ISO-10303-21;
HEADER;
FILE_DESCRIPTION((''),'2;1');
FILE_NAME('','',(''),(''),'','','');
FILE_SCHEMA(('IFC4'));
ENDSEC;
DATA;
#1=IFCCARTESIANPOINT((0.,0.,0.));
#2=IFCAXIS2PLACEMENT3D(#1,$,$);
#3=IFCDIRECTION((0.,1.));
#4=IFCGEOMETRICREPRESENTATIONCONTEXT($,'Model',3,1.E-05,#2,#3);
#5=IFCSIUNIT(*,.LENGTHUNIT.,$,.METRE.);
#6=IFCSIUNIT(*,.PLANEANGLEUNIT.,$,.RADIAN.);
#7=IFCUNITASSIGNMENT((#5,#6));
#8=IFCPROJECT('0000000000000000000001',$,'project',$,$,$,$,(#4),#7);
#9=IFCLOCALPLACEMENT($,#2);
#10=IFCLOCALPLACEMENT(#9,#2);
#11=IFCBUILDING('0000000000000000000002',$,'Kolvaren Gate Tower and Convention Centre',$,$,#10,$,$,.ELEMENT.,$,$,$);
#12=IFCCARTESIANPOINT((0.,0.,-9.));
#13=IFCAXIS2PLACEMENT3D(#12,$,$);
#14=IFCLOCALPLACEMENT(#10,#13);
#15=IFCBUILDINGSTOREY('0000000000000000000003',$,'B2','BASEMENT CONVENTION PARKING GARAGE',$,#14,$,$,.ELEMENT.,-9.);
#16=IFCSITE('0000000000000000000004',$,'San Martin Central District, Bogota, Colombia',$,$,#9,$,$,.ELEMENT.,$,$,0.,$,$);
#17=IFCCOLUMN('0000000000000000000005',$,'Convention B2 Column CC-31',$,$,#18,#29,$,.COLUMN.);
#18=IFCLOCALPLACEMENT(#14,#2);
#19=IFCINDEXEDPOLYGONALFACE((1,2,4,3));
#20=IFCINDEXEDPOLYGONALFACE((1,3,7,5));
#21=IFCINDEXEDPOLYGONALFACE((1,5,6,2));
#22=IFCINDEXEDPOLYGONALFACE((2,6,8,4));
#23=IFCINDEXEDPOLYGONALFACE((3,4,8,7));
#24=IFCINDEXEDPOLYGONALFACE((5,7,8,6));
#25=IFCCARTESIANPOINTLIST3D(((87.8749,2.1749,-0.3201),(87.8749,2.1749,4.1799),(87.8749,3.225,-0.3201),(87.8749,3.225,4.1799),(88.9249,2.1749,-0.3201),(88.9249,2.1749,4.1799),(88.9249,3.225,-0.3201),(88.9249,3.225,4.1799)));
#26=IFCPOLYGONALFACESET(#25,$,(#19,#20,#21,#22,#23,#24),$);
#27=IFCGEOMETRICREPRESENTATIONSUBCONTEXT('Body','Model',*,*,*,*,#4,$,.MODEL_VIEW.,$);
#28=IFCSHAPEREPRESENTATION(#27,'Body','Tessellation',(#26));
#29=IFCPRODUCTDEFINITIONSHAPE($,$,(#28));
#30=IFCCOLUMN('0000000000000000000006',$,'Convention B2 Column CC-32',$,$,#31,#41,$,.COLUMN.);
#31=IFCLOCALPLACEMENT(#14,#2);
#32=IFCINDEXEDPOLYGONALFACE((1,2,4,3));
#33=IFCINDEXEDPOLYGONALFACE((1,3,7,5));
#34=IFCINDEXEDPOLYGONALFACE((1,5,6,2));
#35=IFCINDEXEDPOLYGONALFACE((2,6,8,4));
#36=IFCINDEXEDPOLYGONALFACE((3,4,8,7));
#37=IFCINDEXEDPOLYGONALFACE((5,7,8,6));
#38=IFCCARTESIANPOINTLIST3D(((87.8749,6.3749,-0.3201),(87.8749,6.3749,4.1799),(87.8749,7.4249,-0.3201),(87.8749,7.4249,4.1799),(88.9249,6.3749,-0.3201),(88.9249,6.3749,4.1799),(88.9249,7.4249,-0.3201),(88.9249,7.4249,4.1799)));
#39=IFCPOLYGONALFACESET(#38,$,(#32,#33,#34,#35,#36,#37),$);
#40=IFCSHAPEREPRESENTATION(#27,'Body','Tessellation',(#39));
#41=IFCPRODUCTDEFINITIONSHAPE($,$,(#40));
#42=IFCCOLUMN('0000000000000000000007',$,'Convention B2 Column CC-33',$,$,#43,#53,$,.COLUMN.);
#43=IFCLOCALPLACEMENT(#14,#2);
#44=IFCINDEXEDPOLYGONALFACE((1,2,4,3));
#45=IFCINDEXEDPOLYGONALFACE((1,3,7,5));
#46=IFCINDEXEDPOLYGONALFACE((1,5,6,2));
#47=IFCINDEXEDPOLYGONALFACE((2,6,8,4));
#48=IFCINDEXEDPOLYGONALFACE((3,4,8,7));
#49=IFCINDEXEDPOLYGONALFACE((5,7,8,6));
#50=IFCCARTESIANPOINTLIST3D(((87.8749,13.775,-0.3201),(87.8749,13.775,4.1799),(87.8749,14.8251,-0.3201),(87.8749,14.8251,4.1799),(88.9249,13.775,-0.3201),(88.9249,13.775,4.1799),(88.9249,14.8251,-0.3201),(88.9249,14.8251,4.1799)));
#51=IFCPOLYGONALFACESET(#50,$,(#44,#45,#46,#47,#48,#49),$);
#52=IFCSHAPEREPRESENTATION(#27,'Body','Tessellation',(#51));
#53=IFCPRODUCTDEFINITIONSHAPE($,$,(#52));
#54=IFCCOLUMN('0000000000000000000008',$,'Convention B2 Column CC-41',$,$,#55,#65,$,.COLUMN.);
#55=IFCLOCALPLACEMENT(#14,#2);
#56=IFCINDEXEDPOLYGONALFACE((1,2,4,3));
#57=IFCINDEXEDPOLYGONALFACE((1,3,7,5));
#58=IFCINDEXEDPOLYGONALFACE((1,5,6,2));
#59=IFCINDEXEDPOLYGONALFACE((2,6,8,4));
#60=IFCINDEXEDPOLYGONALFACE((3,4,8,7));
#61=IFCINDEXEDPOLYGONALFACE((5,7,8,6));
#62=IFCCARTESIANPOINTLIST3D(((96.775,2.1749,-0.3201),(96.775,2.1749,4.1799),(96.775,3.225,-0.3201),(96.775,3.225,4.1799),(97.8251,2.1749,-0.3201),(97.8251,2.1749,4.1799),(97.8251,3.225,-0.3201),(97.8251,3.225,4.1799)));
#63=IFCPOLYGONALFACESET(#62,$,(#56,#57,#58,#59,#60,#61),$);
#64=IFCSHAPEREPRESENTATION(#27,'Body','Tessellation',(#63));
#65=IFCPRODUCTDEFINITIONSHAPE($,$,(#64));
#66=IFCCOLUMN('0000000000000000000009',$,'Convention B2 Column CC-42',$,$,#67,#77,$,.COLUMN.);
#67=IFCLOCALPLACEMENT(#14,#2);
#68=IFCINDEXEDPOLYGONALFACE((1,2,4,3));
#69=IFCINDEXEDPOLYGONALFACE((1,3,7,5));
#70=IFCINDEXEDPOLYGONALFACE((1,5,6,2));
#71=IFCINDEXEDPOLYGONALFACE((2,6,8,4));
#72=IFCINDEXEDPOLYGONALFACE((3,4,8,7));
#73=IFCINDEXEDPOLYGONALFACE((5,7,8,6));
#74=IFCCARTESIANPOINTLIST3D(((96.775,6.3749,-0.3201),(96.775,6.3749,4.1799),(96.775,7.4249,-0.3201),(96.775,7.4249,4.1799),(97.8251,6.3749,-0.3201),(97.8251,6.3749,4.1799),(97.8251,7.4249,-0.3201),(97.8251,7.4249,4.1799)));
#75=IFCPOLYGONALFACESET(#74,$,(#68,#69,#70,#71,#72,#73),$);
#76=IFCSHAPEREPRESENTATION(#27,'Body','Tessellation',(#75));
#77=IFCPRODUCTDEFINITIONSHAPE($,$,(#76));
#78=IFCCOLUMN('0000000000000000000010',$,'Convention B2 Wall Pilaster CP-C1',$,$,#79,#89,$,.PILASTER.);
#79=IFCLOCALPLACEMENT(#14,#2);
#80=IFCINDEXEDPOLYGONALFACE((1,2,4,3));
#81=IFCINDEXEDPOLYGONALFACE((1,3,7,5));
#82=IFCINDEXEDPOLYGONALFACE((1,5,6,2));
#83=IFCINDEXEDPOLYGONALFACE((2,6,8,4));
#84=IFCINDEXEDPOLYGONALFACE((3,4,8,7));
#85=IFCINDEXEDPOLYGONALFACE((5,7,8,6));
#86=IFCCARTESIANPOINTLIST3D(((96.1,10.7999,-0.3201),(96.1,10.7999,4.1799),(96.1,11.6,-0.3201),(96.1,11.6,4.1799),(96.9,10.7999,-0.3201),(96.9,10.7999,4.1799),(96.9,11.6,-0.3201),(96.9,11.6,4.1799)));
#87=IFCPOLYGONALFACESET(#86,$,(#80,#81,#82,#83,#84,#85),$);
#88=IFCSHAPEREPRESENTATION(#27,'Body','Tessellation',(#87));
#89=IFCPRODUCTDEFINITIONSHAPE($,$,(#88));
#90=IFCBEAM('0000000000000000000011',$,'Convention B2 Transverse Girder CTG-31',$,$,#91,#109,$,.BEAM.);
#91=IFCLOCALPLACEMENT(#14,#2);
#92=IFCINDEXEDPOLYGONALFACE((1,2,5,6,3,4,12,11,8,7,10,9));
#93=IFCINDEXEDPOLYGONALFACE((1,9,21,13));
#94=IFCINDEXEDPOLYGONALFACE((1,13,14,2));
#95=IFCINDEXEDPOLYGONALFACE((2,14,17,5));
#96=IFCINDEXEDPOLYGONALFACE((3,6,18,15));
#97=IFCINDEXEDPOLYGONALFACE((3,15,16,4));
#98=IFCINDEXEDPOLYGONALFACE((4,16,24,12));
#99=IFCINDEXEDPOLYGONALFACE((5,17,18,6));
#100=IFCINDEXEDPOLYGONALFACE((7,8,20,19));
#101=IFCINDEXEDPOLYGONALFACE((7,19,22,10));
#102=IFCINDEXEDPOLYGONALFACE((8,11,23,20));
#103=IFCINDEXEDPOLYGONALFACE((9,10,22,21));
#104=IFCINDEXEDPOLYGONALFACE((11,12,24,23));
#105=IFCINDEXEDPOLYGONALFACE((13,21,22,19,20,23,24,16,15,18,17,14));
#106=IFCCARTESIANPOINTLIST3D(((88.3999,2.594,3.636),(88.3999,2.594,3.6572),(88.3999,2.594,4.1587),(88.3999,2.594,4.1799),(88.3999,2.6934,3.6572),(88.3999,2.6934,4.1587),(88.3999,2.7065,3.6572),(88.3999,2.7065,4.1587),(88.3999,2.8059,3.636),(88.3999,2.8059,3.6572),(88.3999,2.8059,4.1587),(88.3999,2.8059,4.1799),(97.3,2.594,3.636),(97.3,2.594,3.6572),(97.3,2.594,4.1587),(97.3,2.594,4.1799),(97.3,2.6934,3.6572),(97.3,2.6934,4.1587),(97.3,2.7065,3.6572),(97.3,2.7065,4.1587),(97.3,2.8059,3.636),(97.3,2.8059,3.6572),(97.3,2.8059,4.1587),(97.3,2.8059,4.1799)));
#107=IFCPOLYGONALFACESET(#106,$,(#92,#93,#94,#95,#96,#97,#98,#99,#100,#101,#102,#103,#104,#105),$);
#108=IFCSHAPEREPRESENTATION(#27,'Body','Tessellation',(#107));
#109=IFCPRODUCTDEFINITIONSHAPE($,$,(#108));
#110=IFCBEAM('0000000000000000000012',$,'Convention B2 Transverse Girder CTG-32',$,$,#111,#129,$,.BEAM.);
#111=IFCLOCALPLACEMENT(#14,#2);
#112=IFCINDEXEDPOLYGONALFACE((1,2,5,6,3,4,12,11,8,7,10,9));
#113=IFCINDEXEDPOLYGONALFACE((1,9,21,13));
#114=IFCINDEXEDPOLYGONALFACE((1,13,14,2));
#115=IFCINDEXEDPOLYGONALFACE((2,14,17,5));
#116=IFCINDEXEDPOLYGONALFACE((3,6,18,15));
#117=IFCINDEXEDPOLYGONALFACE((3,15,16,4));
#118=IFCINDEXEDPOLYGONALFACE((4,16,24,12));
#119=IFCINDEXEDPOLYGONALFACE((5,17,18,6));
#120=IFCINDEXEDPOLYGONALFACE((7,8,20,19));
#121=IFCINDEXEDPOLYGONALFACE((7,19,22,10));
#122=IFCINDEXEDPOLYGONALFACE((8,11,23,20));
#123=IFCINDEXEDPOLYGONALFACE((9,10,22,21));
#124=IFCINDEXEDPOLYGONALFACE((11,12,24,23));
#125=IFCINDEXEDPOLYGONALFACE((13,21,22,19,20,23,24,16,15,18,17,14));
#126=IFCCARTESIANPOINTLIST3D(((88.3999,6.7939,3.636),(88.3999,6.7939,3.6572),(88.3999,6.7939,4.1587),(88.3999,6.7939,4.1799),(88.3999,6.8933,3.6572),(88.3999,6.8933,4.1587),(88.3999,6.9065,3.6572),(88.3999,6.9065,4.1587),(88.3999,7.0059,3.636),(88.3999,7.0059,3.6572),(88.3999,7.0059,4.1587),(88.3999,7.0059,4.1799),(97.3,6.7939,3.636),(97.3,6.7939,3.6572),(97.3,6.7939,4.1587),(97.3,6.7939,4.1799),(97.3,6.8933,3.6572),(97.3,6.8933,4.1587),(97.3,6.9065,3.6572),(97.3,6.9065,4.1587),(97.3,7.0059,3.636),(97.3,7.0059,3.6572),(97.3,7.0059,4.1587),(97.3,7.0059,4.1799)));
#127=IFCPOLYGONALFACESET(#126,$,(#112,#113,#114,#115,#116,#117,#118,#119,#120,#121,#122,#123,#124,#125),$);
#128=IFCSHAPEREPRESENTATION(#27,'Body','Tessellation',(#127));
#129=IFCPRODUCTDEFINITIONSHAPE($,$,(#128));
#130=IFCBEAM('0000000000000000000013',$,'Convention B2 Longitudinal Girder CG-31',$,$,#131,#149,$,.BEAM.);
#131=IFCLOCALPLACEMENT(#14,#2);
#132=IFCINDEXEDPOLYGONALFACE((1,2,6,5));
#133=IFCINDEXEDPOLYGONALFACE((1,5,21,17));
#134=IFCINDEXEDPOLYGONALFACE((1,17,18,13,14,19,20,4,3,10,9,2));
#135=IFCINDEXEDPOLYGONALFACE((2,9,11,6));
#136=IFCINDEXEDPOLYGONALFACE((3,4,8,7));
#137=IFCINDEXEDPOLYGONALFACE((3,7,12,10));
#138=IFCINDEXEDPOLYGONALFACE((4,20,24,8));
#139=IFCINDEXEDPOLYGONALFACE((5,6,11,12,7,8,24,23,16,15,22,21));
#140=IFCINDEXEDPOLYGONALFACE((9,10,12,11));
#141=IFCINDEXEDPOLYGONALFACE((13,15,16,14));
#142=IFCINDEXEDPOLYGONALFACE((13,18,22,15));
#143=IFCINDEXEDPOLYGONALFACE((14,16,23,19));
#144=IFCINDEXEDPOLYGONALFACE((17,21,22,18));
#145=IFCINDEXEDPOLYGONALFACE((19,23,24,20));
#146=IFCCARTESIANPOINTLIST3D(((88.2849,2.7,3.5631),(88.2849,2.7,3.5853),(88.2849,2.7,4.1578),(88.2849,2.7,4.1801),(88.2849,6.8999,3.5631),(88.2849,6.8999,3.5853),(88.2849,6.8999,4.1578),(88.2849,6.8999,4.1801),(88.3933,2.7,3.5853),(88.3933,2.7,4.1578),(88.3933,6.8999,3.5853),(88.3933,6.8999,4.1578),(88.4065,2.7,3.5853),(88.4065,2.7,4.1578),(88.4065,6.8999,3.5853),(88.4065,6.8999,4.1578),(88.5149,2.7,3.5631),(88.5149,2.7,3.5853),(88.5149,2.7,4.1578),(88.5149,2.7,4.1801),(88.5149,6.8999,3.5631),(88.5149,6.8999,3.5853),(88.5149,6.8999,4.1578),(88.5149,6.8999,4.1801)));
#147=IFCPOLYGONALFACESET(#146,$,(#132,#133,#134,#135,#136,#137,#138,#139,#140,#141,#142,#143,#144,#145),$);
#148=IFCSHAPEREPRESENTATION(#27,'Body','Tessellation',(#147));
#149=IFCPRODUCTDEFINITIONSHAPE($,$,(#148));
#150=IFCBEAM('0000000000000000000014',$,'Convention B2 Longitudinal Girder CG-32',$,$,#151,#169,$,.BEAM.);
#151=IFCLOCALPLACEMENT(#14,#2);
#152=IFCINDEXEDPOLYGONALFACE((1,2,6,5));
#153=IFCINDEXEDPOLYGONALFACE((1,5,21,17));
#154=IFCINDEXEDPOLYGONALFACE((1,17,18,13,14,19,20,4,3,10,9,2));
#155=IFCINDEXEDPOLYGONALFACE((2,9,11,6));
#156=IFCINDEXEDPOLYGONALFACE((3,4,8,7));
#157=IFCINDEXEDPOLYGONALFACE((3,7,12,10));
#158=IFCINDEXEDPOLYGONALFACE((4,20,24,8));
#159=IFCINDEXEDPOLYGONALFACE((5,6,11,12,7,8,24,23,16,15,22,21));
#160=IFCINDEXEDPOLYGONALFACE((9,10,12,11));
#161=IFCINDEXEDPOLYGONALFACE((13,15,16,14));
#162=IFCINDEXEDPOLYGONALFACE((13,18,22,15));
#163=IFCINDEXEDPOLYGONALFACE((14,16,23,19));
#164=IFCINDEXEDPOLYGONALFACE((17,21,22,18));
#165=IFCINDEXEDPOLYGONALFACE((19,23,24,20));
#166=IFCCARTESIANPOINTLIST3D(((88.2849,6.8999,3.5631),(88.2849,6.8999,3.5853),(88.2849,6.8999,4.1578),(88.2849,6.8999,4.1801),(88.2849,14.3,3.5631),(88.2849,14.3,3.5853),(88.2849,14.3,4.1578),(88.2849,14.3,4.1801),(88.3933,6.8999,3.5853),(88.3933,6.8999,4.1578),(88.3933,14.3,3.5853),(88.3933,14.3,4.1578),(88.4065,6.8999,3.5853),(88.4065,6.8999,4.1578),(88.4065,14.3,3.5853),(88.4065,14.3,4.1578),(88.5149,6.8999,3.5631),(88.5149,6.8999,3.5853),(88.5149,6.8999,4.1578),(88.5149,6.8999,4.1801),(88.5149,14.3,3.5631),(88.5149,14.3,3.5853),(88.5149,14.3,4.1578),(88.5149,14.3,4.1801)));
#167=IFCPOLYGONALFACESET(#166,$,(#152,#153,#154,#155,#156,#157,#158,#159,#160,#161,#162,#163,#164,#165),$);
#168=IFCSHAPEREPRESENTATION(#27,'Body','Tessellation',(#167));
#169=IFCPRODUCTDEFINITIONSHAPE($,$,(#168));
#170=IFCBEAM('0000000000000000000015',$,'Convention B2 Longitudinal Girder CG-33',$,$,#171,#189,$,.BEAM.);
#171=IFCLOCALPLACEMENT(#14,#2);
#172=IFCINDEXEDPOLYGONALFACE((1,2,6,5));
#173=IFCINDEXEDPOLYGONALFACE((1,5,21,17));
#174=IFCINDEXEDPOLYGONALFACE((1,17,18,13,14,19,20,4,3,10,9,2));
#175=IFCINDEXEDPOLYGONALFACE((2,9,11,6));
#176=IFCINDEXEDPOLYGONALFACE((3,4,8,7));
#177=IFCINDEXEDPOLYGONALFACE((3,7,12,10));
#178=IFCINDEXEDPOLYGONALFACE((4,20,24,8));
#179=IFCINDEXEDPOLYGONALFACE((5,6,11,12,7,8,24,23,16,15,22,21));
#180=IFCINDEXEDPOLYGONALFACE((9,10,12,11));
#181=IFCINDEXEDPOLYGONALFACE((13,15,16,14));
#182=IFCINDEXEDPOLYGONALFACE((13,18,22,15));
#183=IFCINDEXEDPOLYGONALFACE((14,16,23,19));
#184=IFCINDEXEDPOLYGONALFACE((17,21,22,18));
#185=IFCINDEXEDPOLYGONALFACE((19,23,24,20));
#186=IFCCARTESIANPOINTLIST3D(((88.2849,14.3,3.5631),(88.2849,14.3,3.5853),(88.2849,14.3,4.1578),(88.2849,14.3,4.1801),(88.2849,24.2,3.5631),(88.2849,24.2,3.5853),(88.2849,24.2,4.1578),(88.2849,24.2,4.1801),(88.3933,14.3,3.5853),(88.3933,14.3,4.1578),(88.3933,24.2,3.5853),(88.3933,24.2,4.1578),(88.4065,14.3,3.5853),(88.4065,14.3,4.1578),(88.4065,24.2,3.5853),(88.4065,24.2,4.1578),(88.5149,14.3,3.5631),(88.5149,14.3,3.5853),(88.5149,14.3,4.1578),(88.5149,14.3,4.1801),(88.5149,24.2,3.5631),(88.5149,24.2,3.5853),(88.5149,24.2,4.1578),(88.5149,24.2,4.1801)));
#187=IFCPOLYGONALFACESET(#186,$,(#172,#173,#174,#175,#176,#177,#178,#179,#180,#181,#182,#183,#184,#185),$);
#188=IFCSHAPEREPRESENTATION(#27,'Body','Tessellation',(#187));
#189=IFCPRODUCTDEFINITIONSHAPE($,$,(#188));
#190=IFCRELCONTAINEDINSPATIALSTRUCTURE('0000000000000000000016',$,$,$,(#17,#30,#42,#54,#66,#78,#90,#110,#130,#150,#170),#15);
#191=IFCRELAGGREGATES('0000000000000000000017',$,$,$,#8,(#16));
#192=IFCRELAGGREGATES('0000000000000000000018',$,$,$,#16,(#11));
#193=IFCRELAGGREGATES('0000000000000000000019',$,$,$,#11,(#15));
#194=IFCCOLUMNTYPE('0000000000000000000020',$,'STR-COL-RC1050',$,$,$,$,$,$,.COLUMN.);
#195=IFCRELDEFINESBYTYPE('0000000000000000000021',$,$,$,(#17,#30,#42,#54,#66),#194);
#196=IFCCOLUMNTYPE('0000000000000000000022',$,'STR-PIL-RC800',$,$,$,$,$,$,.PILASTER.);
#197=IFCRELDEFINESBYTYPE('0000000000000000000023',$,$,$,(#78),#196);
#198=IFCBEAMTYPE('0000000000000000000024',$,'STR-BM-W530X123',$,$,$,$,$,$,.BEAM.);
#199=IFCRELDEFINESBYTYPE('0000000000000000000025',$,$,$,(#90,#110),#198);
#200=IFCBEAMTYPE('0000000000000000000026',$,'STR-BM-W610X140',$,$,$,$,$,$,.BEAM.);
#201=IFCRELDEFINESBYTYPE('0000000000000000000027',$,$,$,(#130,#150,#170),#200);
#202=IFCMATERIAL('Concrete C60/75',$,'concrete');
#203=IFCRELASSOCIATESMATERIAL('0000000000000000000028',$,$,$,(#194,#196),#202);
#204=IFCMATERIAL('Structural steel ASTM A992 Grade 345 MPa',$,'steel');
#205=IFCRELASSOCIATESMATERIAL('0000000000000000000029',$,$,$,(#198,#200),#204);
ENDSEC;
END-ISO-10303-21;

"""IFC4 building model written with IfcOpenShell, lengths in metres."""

from ifc_helpers import new_model, si_unit, direction, frame, origin, origin_2d, place, context, subcontext, project, spatial, rectangle, i_section, extrude, material, material_profile, profile_set, type_object, element, save


model = new_model("IFC4")

# Units and contexts
model_context = context("Model", 3, precision=1e-05, world=origin(), true_north=direction((0.0, 1.0)))
body_context = subcontext(model_context, "Body", "Model", "MODEL_VIEW")
ifc_project = project(units=[si_unit("LENGTHUNIT", "METRE"), si_unit("PLANEANGLEUNIT", "RADIAN")], contexts=[model_context])

# Site, building, storey
site_placement = place(None, origin())
site = spatial("IfcSite", under=ifc_project, at=site_placement, Name="San Martin Central District, Bogota, Colombia", CompositionType="ELEMENT", RefElevation=0.0)
building_placement = place(site_placement, origin())
building = spatial("IfcBuilding", under=site, at=building_placement, Name="Kolvaren Gate Tower and Convention Centre", CompositionType="ELEMENT")
storey_placement = place(building_placement, frame((0.0, 0.0, -9.0)))
storey = spatial("IfcBuildingStorey", under=building, at=storey_placement, Name="B2", Description="BASEMENT CONVENTION PARKING GARAGE", CompositionType="ELEMENT", Elevation=-9.0)

# Columns
ifc_material_1 = material(Name="Concrete C60/75", Category="concrete")
ifc_material_profile_1 = material_profile(ifc_material_1, rectangle(XDim=1.05, YDim=1.05, at=origin_2d()), Name="RC-COL-1050X1050")
ifc_profile_set_1 = profile_set([ifc_material_profile_1], Name="Concrete C60/75")
column_type_1 = type_object("IfcColumnType", Name="STR-COL-RC1050", PredefinedType="COLUMN", material=ifc_profile_set_1)
for number, where, z_axis, x_axis, name in (
    (1, (88.3999, 2.7, -0.3201), (0.0, 0.0, 1.0), (1.0, 0.0, 0.0), "Convention B2 Column CC-31"),
    (2, (88.3999, 6.8999, -0.3201), (0.0, 0.0, 1.0), (1.0, 0.0, 0.0), "Convention B2 Column CC-32"),
    (3, (88.3999, 14.3, -0.3201), (0.0, 0.0, 1.0), (1.0, 0.0, 0.0), "Convention B2 Column CC-33"),
    (4, (97.3, 2.7, -0.3201), (0.0, 0.0, 1.0), (1.0, 0.0, 0.0), "Convention B2 Column CC-41"),
    (5, (97.3, 6.8999, -0.3201), (0.0, 0.0, 1.0), (1.0, 0.0, 0.0), "Convention B2 Column CC-42"),
):
    element("IfcColumn", number, at=place(storey_placement, frame(where, z_axis=z_axis, x_axis=x_axis)), inside=storey, type_object=column_type_1, Name=name, PredefinedType="COLUMN", context=body_context, shape_type="SweptSolid", body=[
        extrude(rectangle(XDim=1.05, YDim=1.05, at=origin_2d()), origin(), (0.0, 0.0, 1.0), 4.5),
    ])
ifc_material_profile_2 = material_profile(ifc_material_1, rectangle(XDim=0.8, YDim=0.8, at=origin_2d()), Name="RC-COL-800X800")
ifc_profile_set_2 = profile_set([ifc_material_profile_2], Name="Concrete C60/75")
column_type_2 = type_object("IfcColumnType", Name="STR-PIL-RC800", PredefinedType="PILASTER", material=ifc_profile_set_2)
column_placement = place(storey_placement, frame((96.5, 11.2, -0.3201), z_axis=(0.0, 0.0, 1.0), x_axis=(1.0, 0.0, 0.0)))
element("IfcColumn", 6, at=column_placement, inside=storey, type_object=column_type_2, Name="Convention B2 Wall Pilaster CP-C1", PredefinedType="PILASTER", context=body_context, shape_type="SweptSolid", body=[
    extrude(rectangle(XDim=0.8, YDim=0.8, at=origin_2d()), origin(), (0.0, 0.0, 1.0), 4.5),
])

# Beams
ifc_material_2 = material(Name="Structural steel ASTM A992 Grade 345 MPa", Category="steel")
ifc_material_profile_3 = material_profile(ifc_material_2, i_section(OverallWidth=0.2119, OverallDepth=0.5439, WebThickness=0.0132, FlangeThickness=0.0212, at=origin_2d()), Name="W530X123")
ifc_profile_set_3 = profile_set([ifc_material_profile_3], Name="Structural steel ASTM A992 Grade 345 MPa")
beam_type_1 = type_object("IfcBeamType", Name="STR-BM-W530X123", PredefinedType="BEAM", material=ifc_profile_set_3)
for number, where, z_axis, x_axis, name in (
    (7, (88.3999, 2.7, 3.908), (1.0, 0.0, 0.0), (0.0, 1.0, 0.0), "Convention B2 Transverse Girder CTG-31"),
    (8, (88.3999, 6.8999, 3.908), (1.0, 0.0, 0.0), (0.0, 1.0, 0.0), "Convention B2 Transverse Girder CTG-32"),
):
    element("IfcBeam", number, at=place(storey_placement, frame(where, z_axis=z_axis, x_axis=x_axis)), inside=storey, type_object=beam_type_1, Name=name, PredefinedType="BEAM", context=body_context, shape_type="SweptSolid", body=[
        extrude(i_section(OverallWidth=0.2119, OverallDepth=0.5439, WebThickness=0.0132, FlangeThickness=0.0212, at=origin_2d()), origin(), (0.0, 0.0, 1.0), 8.9001),
    ])
ifc_material_profile_4 = material_profile(ifc_material_2, i_section(OverallWidth=0.23, OverallDepth=0.6169, WebThickness=0.0132, FlangeThickness=0.0222, at=origin_2d()), Name="W610X140")
ifc_profile_set_4 = profile_set([ifc_material_profile_4], Name="Structural steel ASTM A992 Grade 345 MPa")
beam_type_2 = type_object("IfcBeamType", Name="STR-BM-W610X140", PredefinedType="BEAM", material=ifc_profile_set_4)
beam_1_placement = place(storey_placement, frame((88.3999, 2.7, 3.8716), z_axis=(0.0, 1.0, 0.0), x_axis=(-1.0, 0.0, 0.0)))
element("IfcBeam", 9, at=beam_1_placement, inside=storey, type_object=beam_type_2, Name="Convention B2 Longitudinal Girder CG-31", PredefinedType="BEAM", context=body_context, shape_type="SweptSolid", body=[
    extrude(i_section(OverallWidth=0.23, OverallDepth=0.6169, WebThickness=0.0132, FlangeThickness=0.0222, at=origin_2d()), origin(), (0.0, 0.0, 1.0), 4.2),
])
beam_2_placement = place(storey_placement, frame((88.3999, 6.8999, 3.8716), z_axis=(0.0, 1.0, 0.0), x_axis=(-1.0, 0.0, 0.0)))
element("IfcBeam", 10, at=beam_2_placement, inside=storey, type_object=beam_type_2, Name="Convention B2 Longitudinal Girder CG-32", PredefinedType="BEAM", context=body_context, shape_type="SweptSolid", body=[
    extrude(i_section(OverallWidth=0.23, OverallDepth=0.6169, WebThickness=0.0132, FlangeThickness=0.0222, at=origin_2d()), origin(), (0.0, 0.0, 1.0), 7.4001),
])
beam_3_placement = place(storey_placement, frame((88.3999, 14.3, 3.8716), z_axis=(0.0, 1.0, 0.0), x_axis=(-1.0, 0.0, 0.0)))
element("IfcBeam", 11, at=beam_3_placement, inside=storey, type_object=beam_type_2, Name="Convention B2 Longitudinal Girder CG-33", PredefinedType="BEAM", context=body_context, shape_type="SweptSolid", body=[
    extrude(i_section(OverallWidth=0.23, OverallDepth=0.6169, WebThickness=0.0132, FlangeThickness=0.0222, at=origin_2d()), origin(), (0.0, 0.0, 1.0), 9.8999),
])

save(model, "model.ifc")
